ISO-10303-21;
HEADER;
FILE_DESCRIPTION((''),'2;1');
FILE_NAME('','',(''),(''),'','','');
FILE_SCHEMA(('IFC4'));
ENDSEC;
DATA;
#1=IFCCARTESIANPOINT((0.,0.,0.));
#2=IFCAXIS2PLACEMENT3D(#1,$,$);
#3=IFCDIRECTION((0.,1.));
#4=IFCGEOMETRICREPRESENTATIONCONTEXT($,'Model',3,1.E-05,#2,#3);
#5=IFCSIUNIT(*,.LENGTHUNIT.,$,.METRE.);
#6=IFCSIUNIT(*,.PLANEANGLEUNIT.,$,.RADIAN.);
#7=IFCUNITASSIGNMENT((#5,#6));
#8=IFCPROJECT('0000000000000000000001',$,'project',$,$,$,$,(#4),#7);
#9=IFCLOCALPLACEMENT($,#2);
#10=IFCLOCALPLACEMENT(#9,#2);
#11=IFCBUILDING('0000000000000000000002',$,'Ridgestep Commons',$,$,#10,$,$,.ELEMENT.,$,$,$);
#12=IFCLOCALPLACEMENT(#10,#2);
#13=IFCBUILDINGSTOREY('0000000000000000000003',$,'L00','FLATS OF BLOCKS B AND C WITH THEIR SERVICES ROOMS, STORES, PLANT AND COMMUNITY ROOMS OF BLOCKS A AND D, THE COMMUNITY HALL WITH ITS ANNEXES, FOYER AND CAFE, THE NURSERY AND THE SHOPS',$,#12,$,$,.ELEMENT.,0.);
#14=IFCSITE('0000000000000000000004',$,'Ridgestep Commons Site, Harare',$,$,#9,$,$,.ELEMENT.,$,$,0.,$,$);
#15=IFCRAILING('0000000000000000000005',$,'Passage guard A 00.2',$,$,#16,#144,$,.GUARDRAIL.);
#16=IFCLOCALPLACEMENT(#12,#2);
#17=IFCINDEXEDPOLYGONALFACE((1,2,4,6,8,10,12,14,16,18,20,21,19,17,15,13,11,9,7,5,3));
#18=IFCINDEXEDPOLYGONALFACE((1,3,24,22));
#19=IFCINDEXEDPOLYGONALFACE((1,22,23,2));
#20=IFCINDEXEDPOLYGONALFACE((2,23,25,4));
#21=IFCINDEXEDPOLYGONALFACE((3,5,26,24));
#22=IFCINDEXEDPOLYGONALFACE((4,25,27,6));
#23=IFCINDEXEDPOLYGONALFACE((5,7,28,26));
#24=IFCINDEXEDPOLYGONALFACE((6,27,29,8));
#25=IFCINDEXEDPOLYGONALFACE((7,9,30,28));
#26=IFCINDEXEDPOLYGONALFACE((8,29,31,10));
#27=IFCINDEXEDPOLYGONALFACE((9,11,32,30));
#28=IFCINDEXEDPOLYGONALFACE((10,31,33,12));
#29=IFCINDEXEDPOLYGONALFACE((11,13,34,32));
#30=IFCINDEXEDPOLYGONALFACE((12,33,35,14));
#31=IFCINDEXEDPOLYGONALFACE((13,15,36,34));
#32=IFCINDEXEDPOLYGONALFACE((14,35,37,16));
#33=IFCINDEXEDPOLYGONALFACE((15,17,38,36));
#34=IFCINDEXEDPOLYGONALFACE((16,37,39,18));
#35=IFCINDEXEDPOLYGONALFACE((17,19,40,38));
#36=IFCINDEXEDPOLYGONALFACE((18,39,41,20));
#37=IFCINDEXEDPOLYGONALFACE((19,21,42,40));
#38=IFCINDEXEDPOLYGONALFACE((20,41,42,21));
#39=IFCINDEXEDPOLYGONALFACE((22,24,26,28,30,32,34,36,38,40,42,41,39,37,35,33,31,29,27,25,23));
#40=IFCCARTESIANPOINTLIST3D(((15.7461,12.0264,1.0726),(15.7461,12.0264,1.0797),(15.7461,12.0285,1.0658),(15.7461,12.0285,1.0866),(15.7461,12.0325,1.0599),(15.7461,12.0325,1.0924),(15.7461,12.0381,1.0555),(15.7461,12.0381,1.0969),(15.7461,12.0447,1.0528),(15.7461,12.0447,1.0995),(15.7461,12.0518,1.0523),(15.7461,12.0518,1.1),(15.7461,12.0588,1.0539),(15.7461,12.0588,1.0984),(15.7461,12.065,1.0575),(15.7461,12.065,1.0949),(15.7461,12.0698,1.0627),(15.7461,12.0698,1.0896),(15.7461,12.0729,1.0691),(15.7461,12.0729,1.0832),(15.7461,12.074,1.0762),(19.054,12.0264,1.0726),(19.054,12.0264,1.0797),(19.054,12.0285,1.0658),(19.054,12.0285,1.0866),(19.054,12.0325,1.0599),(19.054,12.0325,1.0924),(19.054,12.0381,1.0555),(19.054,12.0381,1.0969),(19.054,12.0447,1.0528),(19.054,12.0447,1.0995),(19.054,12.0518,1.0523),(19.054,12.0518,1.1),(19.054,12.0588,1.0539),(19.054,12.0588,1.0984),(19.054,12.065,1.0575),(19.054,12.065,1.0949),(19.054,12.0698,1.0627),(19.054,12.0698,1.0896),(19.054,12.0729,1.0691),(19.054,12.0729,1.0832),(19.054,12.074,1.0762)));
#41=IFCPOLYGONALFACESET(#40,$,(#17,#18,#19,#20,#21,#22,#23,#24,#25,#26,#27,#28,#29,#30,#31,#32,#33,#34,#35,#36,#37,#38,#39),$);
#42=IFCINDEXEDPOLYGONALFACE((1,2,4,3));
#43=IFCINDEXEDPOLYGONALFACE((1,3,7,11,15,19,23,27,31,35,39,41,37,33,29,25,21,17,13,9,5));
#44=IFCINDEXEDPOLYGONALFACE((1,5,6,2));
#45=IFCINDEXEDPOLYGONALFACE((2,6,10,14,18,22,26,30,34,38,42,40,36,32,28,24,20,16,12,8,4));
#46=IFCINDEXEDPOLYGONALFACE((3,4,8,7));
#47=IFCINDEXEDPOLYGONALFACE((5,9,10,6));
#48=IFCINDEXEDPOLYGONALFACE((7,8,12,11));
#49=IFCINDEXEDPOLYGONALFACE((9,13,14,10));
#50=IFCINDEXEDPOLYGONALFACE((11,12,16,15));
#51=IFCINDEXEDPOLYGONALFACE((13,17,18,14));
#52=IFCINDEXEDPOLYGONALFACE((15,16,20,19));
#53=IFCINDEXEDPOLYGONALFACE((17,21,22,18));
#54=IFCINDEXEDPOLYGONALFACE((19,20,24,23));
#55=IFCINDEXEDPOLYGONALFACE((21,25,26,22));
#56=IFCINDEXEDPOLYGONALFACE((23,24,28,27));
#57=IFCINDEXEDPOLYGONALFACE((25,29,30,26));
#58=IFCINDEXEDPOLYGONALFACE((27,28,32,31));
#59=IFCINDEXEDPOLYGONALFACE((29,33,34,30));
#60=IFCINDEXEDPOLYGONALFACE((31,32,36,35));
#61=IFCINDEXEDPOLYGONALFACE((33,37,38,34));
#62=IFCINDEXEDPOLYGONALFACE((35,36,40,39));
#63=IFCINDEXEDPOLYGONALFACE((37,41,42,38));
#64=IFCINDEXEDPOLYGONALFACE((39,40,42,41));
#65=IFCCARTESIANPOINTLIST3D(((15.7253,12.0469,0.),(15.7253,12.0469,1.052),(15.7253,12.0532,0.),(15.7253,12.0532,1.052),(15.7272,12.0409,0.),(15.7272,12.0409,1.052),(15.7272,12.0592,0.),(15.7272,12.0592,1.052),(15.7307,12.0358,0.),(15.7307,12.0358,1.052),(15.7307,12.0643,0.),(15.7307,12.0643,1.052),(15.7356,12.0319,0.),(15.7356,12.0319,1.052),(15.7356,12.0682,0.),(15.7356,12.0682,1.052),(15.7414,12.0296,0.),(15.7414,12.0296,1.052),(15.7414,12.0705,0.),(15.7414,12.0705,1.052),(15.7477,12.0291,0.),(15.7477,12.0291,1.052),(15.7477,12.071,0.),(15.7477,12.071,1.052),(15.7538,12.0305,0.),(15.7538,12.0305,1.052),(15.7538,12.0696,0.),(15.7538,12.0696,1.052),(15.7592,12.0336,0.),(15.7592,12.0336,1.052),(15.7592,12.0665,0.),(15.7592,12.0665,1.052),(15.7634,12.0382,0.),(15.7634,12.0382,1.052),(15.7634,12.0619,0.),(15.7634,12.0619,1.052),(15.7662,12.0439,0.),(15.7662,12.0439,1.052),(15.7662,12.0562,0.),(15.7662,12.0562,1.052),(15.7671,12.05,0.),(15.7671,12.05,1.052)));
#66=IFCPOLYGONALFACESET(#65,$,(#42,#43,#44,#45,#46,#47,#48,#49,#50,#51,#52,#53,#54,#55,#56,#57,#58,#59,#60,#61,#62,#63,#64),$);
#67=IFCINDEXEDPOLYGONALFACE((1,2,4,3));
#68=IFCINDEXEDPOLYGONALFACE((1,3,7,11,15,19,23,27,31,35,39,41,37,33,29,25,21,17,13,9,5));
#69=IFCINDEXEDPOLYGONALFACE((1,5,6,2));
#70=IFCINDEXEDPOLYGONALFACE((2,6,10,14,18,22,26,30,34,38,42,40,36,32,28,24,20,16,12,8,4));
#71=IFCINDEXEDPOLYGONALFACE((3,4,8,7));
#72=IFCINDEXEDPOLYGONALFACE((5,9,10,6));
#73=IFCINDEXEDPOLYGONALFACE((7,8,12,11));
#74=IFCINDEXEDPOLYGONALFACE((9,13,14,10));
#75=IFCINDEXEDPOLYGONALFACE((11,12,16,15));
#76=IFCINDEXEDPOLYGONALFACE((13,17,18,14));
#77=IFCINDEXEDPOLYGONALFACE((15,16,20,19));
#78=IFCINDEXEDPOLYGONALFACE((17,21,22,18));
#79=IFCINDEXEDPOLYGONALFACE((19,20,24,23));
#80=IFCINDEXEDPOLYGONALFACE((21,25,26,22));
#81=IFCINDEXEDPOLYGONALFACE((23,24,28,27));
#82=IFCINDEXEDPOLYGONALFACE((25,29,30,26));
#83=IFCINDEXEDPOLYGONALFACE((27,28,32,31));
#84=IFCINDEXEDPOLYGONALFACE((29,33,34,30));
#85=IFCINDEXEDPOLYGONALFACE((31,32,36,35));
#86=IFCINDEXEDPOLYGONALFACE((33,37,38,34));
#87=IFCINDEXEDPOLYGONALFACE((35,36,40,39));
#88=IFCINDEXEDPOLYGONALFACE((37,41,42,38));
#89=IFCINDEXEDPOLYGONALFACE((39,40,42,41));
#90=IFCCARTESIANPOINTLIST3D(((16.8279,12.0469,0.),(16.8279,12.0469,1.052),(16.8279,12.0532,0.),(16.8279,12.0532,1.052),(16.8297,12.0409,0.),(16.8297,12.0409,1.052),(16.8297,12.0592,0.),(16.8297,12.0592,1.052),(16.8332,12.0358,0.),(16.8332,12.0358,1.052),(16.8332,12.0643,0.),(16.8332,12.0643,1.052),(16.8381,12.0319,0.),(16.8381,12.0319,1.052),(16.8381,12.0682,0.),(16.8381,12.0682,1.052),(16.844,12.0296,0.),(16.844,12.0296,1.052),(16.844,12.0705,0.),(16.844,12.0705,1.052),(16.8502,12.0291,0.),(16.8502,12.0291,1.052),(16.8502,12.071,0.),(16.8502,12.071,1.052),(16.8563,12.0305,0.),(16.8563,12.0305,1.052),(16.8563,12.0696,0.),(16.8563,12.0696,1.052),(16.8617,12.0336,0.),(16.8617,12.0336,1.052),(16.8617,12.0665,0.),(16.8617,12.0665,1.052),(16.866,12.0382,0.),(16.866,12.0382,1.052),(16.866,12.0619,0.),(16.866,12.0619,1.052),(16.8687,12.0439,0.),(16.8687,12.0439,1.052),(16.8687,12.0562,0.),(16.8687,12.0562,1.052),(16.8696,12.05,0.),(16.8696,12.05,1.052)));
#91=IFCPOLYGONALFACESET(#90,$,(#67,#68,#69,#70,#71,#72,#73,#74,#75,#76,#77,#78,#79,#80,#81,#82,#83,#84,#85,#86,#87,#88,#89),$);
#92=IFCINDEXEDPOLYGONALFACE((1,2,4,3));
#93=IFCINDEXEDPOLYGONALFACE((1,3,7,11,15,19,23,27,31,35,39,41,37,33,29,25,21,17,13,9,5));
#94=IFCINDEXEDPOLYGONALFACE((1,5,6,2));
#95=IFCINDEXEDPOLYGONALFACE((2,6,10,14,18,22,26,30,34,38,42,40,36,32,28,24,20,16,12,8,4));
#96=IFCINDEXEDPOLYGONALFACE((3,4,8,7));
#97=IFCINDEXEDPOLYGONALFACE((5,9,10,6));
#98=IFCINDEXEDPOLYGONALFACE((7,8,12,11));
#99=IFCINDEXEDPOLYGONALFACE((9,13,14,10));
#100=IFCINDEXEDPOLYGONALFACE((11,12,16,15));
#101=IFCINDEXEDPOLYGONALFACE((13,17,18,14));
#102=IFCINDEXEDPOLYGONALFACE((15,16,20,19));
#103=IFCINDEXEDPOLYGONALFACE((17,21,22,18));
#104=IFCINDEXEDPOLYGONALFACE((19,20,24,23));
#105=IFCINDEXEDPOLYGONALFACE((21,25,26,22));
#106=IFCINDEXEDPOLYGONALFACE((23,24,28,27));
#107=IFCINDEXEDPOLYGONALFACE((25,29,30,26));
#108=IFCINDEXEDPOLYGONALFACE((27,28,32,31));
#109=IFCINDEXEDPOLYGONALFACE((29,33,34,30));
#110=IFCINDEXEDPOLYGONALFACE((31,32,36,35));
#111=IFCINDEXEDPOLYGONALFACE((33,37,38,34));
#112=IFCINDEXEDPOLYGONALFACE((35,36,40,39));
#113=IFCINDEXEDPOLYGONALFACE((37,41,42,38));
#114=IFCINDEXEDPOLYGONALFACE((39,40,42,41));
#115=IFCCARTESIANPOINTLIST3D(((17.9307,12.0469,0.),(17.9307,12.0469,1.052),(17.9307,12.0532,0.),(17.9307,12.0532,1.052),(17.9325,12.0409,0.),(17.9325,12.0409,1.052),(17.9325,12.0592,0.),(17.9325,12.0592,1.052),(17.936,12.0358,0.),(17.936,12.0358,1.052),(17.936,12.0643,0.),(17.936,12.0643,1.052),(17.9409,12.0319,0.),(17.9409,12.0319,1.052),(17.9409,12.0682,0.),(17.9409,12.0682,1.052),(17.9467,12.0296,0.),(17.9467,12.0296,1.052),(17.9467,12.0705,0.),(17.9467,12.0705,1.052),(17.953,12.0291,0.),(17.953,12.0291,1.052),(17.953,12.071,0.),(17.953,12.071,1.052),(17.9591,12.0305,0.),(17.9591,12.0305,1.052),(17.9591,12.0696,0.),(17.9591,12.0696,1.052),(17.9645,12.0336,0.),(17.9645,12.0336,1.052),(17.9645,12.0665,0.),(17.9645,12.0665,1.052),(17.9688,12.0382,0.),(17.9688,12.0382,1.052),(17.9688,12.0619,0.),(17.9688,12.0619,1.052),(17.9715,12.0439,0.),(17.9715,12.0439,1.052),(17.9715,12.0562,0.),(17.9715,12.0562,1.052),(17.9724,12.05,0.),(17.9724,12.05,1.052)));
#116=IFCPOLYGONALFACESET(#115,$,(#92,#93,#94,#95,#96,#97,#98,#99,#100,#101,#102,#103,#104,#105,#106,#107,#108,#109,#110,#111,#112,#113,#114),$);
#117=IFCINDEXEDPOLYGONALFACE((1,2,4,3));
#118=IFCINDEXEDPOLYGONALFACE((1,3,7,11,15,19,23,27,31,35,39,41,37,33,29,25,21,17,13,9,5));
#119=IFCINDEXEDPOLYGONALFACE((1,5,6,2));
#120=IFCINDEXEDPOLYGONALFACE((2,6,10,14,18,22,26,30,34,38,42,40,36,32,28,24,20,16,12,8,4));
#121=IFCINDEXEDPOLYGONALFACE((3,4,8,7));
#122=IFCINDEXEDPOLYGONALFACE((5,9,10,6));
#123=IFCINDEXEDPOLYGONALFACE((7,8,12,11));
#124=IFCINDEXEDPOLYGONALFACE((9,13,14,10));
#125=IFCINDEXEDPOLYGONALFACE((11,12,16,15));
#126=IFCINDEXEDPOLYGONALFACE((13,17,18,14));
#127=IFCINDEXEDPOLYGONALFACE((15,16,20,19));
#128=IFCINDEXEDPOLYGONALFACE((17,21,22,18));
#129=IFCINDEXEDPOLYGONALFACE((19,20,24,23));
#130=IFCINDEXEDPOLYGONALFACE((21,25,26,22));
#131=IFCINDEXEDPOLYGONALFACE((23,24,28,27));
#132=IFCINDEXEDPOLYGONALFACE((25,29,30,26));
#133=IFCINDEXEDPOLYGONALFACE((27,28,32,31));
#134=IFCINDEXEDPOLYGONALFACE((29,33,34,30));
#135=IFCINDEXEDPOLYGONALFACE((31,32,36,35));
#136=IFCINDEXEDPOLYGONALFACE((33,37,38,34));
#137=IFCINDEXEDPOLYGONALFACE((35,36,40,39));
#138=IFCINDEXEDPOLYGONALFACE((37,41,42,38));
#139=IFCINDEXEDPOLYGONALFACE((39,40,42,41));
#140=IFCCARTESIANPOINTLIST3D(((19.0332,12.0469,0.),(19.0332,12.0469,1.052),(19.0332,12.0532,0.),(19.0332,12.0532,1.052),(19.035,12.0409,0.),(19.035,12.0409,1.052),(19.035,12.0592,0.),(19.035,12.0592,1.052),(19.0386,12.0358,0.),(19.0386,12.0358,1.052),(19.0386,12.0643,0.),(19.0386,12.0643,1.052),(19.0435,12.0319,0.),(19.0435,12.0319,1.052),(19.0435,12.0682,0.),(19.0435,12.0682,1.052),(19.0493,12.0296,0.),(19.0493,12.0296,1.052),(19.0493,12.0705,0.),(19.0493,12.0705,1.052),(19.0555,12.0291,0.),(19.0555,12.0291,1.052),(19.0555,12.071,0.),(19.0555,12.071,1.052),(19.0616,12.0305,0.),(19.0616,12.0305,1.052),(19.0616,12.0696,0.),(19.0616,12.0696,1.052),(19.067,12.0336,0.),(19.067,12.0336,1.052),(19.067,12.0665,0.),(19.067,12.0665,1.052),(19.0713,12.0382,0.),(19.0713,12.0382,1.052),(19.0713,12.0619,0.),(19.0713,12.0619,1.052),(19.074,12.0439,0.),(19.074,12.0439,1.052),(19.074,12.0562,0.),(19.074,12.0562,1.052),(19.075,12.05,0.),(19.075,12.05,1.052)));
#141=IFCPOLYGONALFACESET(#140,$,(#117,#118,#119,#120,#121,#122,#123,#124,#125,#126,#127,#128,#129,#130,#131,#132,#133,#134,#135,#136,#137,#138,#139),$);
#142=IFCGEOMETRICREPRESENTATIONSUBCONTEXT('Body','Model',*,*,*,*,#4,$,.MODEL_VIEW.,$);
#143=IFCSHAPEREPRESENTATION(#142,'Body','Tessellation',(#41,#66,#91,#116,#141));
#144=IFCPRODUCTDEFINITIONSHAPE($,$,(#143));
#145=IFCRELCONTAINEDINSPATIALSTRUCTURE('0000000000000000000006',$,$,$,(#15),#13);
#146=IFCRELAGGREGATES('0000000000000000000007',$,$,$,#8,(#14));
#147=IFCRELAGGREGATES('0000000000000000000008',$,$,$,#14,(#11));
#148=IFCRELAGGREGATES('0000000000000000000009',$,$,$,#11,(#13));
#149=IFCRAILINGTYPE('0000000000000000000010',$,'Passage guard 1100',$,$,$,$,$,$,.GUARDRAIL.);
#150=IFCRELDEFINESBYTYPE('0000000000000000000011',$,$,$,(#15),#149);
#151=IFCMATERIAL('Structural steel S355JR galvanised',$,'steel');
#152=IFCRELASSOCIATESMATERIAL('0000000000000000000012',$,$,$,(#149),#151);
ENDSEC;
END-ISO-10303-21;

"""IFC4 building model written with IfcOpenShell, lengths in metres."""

from ifc_helpers import new_model, si_unit, direction, frame, origin, origin_2d, place, context, subcontext, project, spatial, circle, extrude, material, type_object, element, save


model = new_model("IFC4")

# Units and contexts
model_context = context("Model", 3, precision=1e-05, world=origin(), true_north=direction((0.0, 1.0)))
body_context = subcontext(model_context, "Body", "Model", "MODEL_VIEW")
ifc_project = project(units=[si_unit("LENGTHUNIT", "METRE"), si_unit("PLANEANGLEUNIT", "RADIAN")], contexts=[model_context])

# Site, building, storey
site_placement = place(None, origin())
site = spatial("IfcSite", under=ifc_project, at=site_placement, Name="Ridgestep Commons Site, Harare", CompositionType="ELEMENT", RefElevation=0.0)
building_placement = place(site_placement, origin())
building = spatial("IfcBuilding", under=site, at=building_placement, Name="Ridgestep Commons", CompositionType="ELEMENT")
storey_placement = place(building_placement, origin())
storey = spatial("IfcBuildingStorey", under=building, at=storey_placement, Name="L00", Description="FLATS OF BLOCKS B AND C WITH THEIR SERVICES ROOMS, STORES, PLANT AND COMMUNITY ROOMS OF BLOCKS A AND D, THE COMMUNITY HALL WITH ITS ANNEXES, FOYER AND CAFE, THE NURSERY AND THE SHOPS", CompositionType="ELEMENT", Elevation=0.0)

# Railing
ifc_material_1 = material(Name="Structural steel S355JR galvanised", Category="steel")
railing_type = type_object("IfcRailingType", Name="Passage guard 1100", PredefinedType="GUARDRAIL", material=ifc_material_1)
railing_1_placement = place(storey_placement, frame((15.7461, 12.05, 0.0)))
element("IfcRailing", 1, at=railing_1_placement, inside=storey, type_object=railing_type, Name="Passage guard A 00.2", PredefinedType="GUARDRAIL", context=body_context, shape_type="SweptSolid", body=[
    extrude(circle(Radius=0.0239, at=origin_2d()), frame((0.0, 0.0, 1.0762), z_axis=(1.0, 0.0, 0.0), x_axis=(0.0, 1.0, 0.0)), (0.0, 0.0, 1.0), 3.3079),
    extrude(circle(Radius=0.021, at=origin_2d()), origin(), (0.0, 0.0, 1.0), 1.052),
    extrude(circle(Radius=0.021, at=origin_2d()), frame((1.1025, 0.0, 0.0)), (0.0, 0.0, 1.0), 1.052),
    extrude(circle(Radius=0.021, at=origin_2d()), frame((2.2053, 0.0, 0.0)), (0.0, 0.0, 1.0), 1.052),
    extrude(circle(Radius=0.021, at=origin_2d()), frame((3.3079, 0.0, 0.0)), (0.0, 0.0, 1.0), 1.052),
])

save(model, "model.ifc")
